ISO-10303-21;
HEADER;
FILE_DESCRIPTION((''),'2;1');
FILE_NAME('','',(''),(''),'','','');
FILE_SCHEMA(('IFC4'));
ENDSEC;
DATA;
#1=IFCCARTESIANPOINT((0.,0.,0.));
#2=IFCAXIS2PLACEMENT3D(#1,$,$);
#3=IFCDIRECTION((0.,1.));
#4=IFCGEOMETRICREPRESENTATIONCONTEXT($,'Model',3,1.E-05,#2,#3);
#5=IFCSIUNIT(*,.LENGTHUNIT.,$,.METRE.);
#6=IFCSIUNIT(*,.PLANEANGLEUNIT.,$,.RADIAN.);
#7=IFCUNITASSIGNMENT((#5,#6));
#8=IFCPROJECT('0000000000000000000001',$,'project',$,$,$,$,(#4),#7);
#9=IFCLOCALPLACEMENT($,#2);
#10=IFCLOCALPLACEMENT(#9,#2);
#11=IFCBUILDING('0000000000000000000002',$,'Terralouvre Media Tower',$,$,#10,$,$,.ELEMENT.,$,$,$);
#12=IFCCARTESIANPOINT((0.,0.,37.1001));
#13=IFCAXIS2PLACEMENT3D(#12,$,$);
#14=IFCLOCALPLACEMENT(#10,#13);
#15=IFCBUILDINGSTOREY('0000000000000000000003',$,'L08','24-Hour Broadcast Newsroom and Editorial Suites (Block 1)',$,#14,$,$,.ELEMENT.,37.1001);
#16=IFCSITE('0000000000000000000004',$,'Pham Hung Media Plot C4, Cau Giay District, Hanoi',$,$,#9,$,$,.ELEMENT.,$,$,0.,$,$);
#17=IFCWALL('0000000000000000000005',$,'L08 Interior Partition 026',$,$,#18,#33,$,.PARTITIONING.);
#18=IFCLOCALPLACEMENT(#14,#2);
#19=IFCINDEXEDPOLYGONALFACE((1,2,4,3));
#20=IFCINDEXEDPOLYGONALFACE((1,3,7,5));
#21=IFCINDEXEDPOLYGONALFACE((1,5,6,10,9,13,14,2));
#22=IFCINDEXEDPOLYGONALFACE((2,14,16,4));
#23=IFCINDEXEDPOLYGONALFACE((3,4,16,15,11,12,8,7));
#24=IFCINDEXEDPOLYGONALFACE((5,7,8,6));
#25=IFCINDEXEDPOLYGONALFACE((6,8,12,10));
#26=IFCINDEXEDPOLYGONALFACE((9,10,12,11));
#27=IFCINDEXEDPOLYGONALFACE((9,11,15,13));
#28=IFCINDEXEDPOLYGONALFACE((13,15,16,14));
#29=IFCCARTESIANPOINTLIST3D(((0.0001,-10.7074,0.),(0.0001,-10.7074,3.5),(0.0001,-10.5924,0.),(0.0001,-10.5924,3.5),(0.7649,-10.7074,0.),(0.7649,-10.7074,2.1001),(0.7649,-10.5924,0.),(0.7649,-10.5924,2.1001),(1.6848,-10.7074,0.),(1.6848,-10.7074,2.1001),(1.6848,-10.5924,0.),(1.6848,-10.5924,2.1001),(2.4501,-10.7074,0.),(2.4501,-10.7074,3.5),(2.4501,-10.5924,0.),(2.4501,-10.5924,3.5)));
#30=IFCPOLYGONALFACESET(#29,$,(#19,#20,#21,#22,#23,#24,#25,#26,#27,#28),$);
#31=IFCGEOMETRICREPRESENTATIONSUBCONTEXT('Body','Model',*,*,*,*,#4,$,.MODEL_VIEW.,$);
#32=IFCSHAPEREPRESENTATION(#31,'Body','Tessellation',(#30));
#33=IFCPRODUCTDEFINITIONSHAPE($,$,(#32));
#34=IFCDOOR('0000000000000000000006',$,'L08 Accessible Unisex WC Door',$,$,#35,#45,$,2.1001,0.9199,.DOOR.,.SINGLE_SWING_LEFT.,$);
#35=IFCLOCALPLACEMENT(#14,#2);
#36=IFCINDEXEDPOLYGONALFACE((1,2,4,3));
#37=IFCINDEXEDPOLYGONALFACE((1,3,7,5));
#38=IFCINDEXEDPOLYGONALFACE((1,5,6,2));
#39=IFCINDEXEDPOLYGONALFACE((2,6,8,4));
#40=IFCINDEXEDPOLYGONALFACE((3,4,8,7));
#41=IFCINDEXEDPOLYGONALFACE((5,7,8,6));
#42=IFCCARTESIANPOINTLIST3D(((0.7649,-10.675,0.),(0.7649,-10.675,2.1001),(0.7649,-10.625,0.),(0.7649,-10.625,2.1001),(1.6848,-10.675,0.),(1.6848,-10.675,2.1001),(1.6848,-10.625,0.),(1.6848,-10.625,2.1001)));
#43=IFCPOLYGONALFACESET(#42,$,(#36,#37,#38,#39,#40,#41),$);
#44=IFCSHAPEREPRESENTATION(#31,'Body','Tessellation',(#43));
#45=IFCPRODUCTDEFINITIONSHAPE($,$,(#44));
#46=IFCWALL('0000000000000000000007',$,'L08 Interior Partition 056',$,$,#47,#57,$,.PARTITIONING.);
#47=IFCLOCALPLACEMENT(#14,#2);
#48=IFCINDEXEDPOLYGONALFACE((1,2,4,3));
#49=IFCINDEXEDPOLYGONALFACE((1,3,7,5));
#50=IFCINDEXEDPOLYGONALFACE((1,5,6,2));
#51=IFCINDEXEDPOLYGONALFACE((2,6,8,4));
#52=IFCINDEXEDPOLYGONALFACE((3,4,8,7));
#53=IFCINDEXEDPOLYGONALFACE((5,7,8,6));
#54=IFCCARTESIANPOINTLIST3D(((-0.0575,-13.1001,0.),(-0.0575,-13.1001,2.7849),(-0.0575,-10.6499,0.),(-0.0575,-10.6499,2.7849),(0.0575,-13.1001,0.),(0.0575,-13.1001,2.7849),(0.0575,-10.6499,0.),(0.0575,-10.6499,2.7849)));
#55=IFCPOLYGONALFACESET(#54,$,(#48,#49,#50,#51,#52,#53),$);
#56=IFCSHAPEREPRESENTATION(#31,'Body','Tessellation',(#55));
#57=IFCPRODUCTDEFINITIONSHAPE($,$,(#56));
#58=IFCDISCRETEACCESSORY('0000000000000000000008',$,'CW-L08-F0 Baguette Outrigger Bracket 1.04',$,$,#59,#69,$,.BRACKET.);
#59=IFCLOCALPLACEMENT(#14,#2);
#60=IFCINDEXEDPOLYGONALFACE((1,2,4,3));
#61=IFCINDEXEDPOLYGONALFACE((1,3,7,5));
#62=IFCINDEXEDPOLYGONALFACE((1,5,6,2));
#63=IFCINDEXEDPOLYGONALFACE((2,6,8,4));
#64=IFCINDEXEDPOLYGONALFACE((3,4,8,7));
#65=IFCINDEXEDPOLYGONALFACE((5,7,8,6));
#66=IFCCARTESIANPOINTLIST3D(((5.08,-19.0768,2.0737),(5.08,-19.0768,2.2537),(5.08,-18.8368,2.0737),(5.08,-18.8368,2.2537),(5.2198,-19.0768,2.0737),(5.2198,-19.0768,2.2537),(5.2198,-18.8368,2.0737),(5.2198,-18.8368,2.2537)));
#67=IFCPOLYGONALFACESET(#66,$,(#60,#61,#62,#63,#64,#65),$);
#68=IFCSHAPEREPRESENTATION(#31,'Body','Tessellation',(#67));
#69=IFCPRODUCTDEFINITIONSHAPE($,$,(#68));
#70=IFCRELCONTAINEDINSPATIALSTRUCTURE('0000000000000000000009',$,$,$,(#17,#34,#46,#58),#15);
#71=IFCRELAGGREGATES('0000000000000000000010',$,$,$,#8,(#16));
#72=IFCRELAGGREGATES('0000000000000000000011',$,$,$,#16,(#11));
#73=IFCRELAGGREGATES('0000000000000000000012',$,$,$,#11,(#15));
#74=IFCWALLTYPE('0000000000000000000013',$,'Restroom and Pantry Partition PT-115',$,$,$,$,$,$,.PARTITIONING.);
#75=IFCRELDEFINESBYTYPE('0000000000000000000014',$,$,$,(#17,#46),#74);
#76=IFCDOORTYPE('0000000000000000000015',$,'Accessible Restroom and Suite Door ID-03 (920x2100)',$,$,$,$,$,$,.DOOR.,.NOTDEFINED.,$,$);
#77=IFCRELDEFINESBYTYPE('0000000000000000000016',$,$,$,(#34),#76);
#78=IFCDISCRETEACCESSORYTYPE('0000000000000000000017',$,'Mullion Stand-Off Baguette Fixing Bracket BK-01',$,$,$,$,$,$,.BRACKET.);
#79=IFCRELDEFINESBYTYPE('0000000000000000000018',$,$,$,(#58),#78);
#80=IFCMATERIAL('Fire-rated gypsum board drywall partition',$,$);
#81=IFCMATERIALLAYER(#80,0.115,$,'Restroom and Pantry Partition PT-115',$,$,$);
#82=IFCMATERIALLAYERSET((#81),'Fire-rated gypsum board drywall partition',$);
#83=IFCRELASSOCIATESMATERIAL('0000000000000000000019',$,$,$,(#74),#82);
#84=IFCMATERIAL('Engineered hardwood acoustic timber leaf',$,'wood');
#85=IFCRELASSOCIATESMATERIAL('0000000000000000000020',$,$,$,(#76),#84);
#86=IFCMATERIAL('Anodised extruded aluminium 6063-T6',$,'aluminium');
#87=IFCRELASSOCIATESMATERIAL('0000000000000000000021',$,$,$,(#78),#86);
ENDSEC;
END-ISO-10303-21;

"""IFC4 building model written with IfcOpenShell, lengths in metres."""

from ifc_helpers import new_model, si_unit, direction, frame, frame_2d, origin, origin_2d, place, context, subcontext, project, spatial, rectangle, extrude, material, layer, layer_set, type_object, element, fill, save


model = new_model("IFC4")

# Units and contexts
model_context = context("Model", 3, precision=1e-05, world=origin(), true_north=direction((0.0, 1.0)))
body_context = subcontext(model_context, "Body", "Model", "MODEL_VIEW")
ifc_project = project(units=[si_unit("LENGTHUNIT", "METRE"), si_unit("PLANEANGLEUNIT", "RADIAN")], contexts=[model_context])

# Site, building, storey
site_placement = place(None, origin())
site = spatial("IfcSite", under=ifc_project, at=site_placement, Name="Pham Hung Media Plot C4, Cau Giay District, Hanoi", CompositionType="ELEMENT", RefElevation=0.0)
building_placement = place(site_placement, origin())
building = spatial("IfcBuilding", under=site, at=building_placement, Name="Terralouvre Media Tower", CompositionType="ELEMENT")
storey_placement = place(building_placement, frame((0.0, 0.0, 37.1001)))
storey = spatial("IfcBuildingStorey", under=building, at=storey_placement, Name="L08", Description="24-Hour Broadcast Newsroom and Editorial Suites (Block 1)", CompositionType="ELEMENT", Elevation=37.1001)

# Wall, opening, door
ifc_material_1 = material(Name="Fire-rated gypsum board drywall partition")
ifc_layer_1 = layer(ifc_material_1, 0.115, Name="Restroom and Pantry Partition PT-115")
ifc_layer_set_1 = layer_set([ifc_layer_1], Name="Fire-rated gypsum board drywall partition")
wall_type_1 = type_object("IfcWallType", Name="Restroom and Pantry Partition PT-115", PredefinedType="PARTITIONING", material=ifc_layer_set_1)
wall_1_placement = place(storey_placement, frame((0.0, -10.6499, 0.0), z_axis=(0.0, 0.0, 1.0), x_axis=(1.0, 0.0, 0.0)))
wall_1 = element("IfcWall", 1, at=wall_1_placement, inside=storey, type_object=wall_type_1, Name="L08 Interior Partition 026", PredefinedType="PARTITIONING", context=body_context, shape_type="SweptSolid", body=[
    extrude(rectangle(XDim=2.45, YDim=0.115, at=frame_2d((1.2251, 0.0))), origin(), (0.0, 0.0, 1.0), 3.5),
])
opening_1_placement = place(wall_1_placement, frame((0.7649, 0.0, 0.0)))
opening_1 = element("IfcOpeningElement", 2, at=opening_1_placement, cuts=wall_1, PredefinedType="OPENING", context=body_context, shape_type="SweptSolid", body=[
    extrude(rectangle(XDim=0.9199, YDim=2.1001, at=frame_2d((0.46, 1.05))), frame((0.0, 0.0674, 0.0), z_axis=(0.0, -1.0, 0.0), x_axis=(1.0, 0.0, 0.0)), (0.0, 0.0, 1.0), 0.135),
])
ifc_material_2 = material(Name="Engineered hardwood acoustic timber leaf", Category="wood")
door_type_1 = type_object("IfcDoorType", Name="Accessible Restroom and Suite Door ID-03 (920x2100)", OperationType="NOTDEFINED", PredefinedType="DOOR", material=ifc_material_2)
door_1_placement = place(opening_1_placement, origin())
door_1 = element("IfcDoor", 3, at=door_1_placement, inside=storey, type_object=door_type_1, Name="L08 Accessible Unisex WC Door", OperationType="SINGLE_SWING_LEFT", OverallHeight=2.1001, OverallWidth=0.9199, PredefinedType="DOOR", context=body_context, shape_type="SweptSolid", body=[
    extrude(rectangle(XDim=0.9199, YDim=2.1001, at=frame_2d((0.46, 1.05))), frame((0.0, 0.0249, 0.0), z_axis=(0.0, -1.0, 0.0), x_axis=(1.0, 0.0, 0.0)), (0.0, 0.0, 1.0), 0.05),
])
fill(opening_1, door_1)

# Wall
wall_2_placement = place(storey_placement, frame((0.0, -13.1001, 0.0), z_axis=(0.0, 0.0, 1.0), x_axis=(0.0, 1.0, 0.0)))
element("IfcWall", 4, at=wall_2_placement, inside=storey, type_object=wall_type_1, Name="L08 Interior Partition 056", PredefinedType="PARTITIONING", context=body_context, shape_type="SweptSolid", body=[
    extrude(rectangle(XDim=2.4502, YDim=0.115, at=frame_2d((1.2251, 0.0))), origin(), (0.0, 0.0, 1.0), 2.7849),
])

# Discrete accessory
ifc_material_3 = material(Name="Anodised extruded aluminium 6063-T6", Category="aluminium")
discrete_accessory_type = type_object("IfcDiscreteAccessoryType", Name="Mullion Stand-Off Baguette Fixing Bracket BK-01", PredefinedType="BRACKET", material=ifc_material_3)
discrete_accessory_placement = place(storey_placement, frame((5.1499, -18.9568, 2.0737), z_axis=(0.0, 0.0, 1.0), x_axis=(1.0, 0.0, 0.0)))
element("IfcDiscreteAccessory", 5, at=discrete_accessory_placement, inside=storey, type_object=discrete_accessory_type, Name="CW-L08-F0 Baguette Outrigger Bracket 1.04", PredefinedType="BRACKET", context=body_context, shape_type="SweptSolid", body=[
    extrude(rectangle(XDim=0.1399, YDim=0.24, at=origin_2d()), origin(), (0.0, 0.0, 1.0), 0.1799),
])

save(model, "model.ifc")
